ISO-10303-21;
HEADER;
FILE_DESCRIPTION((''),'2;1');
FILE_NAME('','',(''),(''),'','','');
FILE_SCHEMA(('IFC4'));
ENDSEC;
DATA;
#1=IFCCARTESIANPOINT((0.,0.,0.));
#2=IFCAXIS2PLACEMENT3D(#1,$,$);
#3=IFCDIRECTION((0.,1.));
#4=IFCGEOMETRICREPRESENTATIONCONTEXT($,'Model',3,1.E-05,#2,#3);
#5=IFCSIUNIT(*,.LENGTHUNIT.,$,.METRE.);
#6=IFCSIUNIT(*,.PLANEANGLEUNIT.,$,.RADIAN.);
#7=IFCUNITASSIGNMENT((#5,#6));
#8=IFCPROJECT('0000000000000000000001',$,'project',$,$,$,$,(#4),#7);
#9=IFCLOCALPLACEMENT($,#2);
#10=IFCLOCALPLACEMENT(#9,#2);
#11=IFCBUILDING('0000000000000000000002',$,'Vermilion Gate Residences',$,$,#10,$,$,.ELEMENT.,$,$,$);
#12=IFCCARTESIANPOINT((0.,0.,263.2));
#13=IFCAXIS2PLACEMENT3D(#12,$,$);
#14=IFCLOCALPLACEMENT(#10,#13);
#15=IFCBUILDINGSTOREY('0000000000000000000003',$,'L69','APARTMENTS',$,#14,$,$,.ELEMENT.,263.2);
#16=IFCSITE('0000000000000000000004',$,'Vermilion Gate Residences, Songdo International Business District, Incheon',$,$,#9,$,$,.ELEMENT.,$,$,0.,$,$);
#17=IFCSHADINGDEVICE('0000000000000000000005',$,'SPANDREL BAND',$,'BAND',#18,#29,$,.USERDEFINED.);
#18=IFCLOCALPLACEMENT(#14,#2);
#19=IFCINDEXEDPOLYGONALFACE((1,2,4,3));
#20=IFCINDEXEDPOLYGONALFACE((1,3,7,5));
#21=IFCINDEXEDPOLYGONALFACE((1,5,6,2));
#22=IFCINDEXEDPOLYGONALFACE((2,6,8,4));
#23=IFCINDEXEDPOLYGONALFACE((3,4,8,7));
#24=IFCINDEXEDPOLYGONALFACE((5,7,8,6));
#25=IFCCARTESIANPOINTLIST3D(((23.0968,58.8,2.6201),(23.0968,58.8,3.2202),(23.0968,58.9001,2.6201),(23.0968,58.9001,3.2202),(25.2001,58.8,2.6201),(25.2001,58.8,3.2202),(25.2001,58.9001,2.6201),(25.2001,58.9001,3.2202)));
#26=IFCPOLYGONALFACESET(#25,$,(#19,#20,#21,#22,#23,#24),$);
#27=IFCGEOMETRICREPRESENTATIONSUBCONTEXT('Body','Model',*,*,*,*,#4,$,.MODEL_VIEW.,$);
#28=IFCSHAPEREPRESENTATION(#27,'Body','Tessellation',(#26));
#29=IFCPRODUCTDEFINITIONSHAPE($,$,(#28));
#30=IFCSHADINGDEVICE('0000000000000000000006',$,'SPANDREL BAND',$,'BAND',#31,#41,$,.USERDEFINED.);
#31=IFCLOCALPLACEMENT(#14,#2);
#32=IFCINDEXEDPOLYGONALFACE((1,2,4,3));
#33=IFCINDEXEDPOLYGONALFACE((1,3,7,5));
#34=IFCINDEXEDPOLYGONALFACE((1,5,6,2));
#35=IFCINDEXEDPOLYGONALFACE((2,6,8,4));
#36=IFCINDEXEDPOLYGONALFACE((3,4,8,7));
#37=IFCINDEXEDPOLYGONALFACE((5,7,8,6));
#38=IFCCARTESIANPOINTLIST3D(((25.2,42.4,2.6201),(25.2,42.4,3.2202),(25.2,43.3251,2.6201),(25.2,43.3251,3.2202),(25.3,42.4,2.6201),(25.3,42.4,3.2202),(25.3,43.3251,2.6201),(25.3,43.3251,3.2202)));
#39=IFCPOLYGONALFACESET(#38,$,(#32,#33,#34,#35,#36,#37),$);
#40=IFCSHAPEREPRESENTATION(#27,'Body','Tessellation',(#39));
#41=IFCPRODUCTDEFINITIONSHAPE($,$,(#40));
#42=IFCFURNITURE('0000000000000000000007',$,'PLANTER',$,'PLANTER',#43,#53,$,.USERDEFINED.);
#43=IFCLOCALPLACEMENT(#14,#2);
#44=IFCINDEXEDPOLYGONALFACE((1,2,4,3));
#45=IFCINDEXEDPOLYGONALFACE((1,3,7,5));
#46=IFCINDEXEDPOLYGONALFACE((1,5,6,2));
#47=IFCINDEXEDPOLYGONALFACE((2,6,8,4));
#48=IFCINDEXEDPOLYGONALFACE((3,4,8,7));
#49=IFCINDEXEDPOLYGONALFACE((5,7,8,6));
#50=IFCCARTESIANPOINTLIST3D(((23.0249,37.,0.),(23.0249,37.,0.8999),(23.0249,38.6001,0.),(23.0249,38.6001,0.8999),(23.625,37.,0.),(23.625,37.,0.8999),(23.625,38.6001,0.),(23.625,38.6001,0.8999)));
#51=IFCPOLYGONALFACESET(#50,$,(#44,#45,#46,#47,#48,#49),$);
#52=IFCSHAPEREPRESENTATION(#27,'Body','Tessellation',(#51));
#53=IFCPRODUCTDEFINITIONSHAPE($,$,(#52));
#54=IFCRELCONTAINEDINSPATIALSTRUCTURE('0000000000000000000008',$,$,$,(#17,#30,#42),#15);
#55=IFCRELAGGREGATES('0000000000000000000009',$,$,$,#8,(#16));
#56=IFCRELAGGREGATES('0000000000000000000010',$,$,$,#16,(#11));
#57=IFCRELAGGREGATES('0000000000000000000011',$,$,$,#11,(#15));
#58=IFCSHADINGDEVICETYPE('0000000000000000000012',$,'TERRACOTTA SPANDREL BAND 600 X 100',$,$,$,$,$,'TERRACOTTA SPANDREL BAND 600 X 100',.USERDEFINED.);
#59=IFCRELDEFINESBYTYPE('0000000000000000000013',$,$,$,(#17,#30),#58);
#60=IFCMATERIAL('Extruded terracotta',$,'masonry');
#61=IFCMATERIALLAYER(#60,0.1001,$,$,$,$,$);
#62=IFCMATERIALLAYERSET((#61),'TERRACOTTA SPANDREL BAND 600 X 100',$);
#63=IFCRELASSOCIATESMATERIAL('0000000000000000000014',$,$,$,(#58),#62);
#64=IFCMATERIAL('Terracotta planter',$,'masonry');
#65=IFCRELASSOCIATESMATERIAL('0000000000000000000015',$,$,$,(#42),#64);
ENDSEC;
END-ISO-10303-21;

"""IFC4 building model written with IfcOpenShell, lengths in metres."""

from ifc_helpers import new_model, si_unit, direction, frame, origin, origin_2d, place, context, subcontext, project, spatial, rectangle, extrude, material, layer, layer_set, type_object, element, save


model = new_model("IFC4")

# Units and contexts
model_context = context("Model", 3, precision=1e-05, world=origin(), true_north=direction((0.0, 1.0)))
body_context = subcontext(model_context, "Body", "Model", "MODEL_VIEW")
ifc_project = project(units=[si_unit("LENGTHUNIT", "METRE"), si_unit("PLANEANGLEUNIT", "RADIAN")], contexts=[model_context])

# Site, building, storey
site_placement = place(None, origin())
site = spatial("IfcSite", under=ifc_project, at=site_placement, Name="Vermilion Gate Residences, Songdo International Business District, Incheon", CompositionType="ELEMENT", RefElevation=0.0)
building_placement = place(site_placement, origin())
building = spatial("IfcBuilding", under=site, at=building_placement, Name="Vermilion Gate Residences", CompositionType="ELEMENT")
storey_placement = place(building_placement, frame((0.0, 0.0, 263.2)))
storey = spatial("IfcBuildingStorey", under=building, at=storey_placement, Name="L69", Description="APARTMENTS", CompositionType="ELEMENT", Elevation=263.2)

# Shading devices
ifc_material_1 = material(Name="Extruded terracotta", Category="masonry")
ifc_layer_1 = layer(ifc_material_1, 0.1001)
ifc_layer_set_1 = layer_set([ifc_layer_1], Name="TERRACOTTA SPANDREL BAND 600 X 100")
shading_device_type = type_object("IfcShadingDeviceType", Name="TERRACOTTA SPANDREL BAND 600 X 100", ElementType="TERRACOTTA SPANDREL BAND 600 X 100", PredefinedType="USERDEFINED", material=ifc_layer_set_1)
shading_device_1_placement = place(storey_placement, frame((24.1484, 58.8501, 2.6201), z_axis=(0.0, 0.0, 1.0), x_axis=(1.0, 0.0, 0.0)))
element("IfcShadingDevice", 1, at=shading_device_1_placement, inside=storey, type_object=shading_device_type, Name="SPANDREL BAND", ObjectType="BAND", PredefinedType="USERDEFINED", context=body_context, shape_type="SweptSolid", body=[
    extrude(rectangle(XDim=2.1033, YDim=0.1001, at=origin_2d()), origin(), (0.0, 0.0, 1.0), 0.6001),
])
shading_device_2_placement = place(storey_placement, frame((25.25, 42.8625, 2.6201), z_axis=(0.0, 0.0, 1.0), x_axis=(0.0, 1.0, 0.0)))
element("IfcShadingDevice", 2, at=shading_device_2_placement, inside=storey, type_object=shading_device_type, Name="SPANDREL BAND", ObjectType="BAND", PredefinedType="USERDEFINED", context=body_context, shape_type="SweptSolid", body=[
    extrude(rectangle(XDim=0.925, YDim=0.1001, at=origin_2d()), origin(), (0.0, 0.0, 1.0), 0.6001),
])

# Furniture
ifc_material_2 = material(Name="Terracotta planter", Category="masonry")
furniture_placement = place(storey_placement, frame((23.325, 37.8, 0.0), z_axis=(0.0, 0.0, 1.0), x_axis=(0.0, 1.0, 0.0)))
element("IfcFurniture", 3, at=furniture_placement, inside=storey, material=ifc_material_2, Name="PLANTER", ObjectType="PLANTER", PredefinedType="USERDEFINED", context=body_context, shape_type="SweptSolid", body=[
    extrude(rectangle(XDim=1.6001, YDim=0.6001, at=origin_2d()), origin(), (0.0, 0.0, 1.0), 0.8999),
])

save(model, "model.ifc")
